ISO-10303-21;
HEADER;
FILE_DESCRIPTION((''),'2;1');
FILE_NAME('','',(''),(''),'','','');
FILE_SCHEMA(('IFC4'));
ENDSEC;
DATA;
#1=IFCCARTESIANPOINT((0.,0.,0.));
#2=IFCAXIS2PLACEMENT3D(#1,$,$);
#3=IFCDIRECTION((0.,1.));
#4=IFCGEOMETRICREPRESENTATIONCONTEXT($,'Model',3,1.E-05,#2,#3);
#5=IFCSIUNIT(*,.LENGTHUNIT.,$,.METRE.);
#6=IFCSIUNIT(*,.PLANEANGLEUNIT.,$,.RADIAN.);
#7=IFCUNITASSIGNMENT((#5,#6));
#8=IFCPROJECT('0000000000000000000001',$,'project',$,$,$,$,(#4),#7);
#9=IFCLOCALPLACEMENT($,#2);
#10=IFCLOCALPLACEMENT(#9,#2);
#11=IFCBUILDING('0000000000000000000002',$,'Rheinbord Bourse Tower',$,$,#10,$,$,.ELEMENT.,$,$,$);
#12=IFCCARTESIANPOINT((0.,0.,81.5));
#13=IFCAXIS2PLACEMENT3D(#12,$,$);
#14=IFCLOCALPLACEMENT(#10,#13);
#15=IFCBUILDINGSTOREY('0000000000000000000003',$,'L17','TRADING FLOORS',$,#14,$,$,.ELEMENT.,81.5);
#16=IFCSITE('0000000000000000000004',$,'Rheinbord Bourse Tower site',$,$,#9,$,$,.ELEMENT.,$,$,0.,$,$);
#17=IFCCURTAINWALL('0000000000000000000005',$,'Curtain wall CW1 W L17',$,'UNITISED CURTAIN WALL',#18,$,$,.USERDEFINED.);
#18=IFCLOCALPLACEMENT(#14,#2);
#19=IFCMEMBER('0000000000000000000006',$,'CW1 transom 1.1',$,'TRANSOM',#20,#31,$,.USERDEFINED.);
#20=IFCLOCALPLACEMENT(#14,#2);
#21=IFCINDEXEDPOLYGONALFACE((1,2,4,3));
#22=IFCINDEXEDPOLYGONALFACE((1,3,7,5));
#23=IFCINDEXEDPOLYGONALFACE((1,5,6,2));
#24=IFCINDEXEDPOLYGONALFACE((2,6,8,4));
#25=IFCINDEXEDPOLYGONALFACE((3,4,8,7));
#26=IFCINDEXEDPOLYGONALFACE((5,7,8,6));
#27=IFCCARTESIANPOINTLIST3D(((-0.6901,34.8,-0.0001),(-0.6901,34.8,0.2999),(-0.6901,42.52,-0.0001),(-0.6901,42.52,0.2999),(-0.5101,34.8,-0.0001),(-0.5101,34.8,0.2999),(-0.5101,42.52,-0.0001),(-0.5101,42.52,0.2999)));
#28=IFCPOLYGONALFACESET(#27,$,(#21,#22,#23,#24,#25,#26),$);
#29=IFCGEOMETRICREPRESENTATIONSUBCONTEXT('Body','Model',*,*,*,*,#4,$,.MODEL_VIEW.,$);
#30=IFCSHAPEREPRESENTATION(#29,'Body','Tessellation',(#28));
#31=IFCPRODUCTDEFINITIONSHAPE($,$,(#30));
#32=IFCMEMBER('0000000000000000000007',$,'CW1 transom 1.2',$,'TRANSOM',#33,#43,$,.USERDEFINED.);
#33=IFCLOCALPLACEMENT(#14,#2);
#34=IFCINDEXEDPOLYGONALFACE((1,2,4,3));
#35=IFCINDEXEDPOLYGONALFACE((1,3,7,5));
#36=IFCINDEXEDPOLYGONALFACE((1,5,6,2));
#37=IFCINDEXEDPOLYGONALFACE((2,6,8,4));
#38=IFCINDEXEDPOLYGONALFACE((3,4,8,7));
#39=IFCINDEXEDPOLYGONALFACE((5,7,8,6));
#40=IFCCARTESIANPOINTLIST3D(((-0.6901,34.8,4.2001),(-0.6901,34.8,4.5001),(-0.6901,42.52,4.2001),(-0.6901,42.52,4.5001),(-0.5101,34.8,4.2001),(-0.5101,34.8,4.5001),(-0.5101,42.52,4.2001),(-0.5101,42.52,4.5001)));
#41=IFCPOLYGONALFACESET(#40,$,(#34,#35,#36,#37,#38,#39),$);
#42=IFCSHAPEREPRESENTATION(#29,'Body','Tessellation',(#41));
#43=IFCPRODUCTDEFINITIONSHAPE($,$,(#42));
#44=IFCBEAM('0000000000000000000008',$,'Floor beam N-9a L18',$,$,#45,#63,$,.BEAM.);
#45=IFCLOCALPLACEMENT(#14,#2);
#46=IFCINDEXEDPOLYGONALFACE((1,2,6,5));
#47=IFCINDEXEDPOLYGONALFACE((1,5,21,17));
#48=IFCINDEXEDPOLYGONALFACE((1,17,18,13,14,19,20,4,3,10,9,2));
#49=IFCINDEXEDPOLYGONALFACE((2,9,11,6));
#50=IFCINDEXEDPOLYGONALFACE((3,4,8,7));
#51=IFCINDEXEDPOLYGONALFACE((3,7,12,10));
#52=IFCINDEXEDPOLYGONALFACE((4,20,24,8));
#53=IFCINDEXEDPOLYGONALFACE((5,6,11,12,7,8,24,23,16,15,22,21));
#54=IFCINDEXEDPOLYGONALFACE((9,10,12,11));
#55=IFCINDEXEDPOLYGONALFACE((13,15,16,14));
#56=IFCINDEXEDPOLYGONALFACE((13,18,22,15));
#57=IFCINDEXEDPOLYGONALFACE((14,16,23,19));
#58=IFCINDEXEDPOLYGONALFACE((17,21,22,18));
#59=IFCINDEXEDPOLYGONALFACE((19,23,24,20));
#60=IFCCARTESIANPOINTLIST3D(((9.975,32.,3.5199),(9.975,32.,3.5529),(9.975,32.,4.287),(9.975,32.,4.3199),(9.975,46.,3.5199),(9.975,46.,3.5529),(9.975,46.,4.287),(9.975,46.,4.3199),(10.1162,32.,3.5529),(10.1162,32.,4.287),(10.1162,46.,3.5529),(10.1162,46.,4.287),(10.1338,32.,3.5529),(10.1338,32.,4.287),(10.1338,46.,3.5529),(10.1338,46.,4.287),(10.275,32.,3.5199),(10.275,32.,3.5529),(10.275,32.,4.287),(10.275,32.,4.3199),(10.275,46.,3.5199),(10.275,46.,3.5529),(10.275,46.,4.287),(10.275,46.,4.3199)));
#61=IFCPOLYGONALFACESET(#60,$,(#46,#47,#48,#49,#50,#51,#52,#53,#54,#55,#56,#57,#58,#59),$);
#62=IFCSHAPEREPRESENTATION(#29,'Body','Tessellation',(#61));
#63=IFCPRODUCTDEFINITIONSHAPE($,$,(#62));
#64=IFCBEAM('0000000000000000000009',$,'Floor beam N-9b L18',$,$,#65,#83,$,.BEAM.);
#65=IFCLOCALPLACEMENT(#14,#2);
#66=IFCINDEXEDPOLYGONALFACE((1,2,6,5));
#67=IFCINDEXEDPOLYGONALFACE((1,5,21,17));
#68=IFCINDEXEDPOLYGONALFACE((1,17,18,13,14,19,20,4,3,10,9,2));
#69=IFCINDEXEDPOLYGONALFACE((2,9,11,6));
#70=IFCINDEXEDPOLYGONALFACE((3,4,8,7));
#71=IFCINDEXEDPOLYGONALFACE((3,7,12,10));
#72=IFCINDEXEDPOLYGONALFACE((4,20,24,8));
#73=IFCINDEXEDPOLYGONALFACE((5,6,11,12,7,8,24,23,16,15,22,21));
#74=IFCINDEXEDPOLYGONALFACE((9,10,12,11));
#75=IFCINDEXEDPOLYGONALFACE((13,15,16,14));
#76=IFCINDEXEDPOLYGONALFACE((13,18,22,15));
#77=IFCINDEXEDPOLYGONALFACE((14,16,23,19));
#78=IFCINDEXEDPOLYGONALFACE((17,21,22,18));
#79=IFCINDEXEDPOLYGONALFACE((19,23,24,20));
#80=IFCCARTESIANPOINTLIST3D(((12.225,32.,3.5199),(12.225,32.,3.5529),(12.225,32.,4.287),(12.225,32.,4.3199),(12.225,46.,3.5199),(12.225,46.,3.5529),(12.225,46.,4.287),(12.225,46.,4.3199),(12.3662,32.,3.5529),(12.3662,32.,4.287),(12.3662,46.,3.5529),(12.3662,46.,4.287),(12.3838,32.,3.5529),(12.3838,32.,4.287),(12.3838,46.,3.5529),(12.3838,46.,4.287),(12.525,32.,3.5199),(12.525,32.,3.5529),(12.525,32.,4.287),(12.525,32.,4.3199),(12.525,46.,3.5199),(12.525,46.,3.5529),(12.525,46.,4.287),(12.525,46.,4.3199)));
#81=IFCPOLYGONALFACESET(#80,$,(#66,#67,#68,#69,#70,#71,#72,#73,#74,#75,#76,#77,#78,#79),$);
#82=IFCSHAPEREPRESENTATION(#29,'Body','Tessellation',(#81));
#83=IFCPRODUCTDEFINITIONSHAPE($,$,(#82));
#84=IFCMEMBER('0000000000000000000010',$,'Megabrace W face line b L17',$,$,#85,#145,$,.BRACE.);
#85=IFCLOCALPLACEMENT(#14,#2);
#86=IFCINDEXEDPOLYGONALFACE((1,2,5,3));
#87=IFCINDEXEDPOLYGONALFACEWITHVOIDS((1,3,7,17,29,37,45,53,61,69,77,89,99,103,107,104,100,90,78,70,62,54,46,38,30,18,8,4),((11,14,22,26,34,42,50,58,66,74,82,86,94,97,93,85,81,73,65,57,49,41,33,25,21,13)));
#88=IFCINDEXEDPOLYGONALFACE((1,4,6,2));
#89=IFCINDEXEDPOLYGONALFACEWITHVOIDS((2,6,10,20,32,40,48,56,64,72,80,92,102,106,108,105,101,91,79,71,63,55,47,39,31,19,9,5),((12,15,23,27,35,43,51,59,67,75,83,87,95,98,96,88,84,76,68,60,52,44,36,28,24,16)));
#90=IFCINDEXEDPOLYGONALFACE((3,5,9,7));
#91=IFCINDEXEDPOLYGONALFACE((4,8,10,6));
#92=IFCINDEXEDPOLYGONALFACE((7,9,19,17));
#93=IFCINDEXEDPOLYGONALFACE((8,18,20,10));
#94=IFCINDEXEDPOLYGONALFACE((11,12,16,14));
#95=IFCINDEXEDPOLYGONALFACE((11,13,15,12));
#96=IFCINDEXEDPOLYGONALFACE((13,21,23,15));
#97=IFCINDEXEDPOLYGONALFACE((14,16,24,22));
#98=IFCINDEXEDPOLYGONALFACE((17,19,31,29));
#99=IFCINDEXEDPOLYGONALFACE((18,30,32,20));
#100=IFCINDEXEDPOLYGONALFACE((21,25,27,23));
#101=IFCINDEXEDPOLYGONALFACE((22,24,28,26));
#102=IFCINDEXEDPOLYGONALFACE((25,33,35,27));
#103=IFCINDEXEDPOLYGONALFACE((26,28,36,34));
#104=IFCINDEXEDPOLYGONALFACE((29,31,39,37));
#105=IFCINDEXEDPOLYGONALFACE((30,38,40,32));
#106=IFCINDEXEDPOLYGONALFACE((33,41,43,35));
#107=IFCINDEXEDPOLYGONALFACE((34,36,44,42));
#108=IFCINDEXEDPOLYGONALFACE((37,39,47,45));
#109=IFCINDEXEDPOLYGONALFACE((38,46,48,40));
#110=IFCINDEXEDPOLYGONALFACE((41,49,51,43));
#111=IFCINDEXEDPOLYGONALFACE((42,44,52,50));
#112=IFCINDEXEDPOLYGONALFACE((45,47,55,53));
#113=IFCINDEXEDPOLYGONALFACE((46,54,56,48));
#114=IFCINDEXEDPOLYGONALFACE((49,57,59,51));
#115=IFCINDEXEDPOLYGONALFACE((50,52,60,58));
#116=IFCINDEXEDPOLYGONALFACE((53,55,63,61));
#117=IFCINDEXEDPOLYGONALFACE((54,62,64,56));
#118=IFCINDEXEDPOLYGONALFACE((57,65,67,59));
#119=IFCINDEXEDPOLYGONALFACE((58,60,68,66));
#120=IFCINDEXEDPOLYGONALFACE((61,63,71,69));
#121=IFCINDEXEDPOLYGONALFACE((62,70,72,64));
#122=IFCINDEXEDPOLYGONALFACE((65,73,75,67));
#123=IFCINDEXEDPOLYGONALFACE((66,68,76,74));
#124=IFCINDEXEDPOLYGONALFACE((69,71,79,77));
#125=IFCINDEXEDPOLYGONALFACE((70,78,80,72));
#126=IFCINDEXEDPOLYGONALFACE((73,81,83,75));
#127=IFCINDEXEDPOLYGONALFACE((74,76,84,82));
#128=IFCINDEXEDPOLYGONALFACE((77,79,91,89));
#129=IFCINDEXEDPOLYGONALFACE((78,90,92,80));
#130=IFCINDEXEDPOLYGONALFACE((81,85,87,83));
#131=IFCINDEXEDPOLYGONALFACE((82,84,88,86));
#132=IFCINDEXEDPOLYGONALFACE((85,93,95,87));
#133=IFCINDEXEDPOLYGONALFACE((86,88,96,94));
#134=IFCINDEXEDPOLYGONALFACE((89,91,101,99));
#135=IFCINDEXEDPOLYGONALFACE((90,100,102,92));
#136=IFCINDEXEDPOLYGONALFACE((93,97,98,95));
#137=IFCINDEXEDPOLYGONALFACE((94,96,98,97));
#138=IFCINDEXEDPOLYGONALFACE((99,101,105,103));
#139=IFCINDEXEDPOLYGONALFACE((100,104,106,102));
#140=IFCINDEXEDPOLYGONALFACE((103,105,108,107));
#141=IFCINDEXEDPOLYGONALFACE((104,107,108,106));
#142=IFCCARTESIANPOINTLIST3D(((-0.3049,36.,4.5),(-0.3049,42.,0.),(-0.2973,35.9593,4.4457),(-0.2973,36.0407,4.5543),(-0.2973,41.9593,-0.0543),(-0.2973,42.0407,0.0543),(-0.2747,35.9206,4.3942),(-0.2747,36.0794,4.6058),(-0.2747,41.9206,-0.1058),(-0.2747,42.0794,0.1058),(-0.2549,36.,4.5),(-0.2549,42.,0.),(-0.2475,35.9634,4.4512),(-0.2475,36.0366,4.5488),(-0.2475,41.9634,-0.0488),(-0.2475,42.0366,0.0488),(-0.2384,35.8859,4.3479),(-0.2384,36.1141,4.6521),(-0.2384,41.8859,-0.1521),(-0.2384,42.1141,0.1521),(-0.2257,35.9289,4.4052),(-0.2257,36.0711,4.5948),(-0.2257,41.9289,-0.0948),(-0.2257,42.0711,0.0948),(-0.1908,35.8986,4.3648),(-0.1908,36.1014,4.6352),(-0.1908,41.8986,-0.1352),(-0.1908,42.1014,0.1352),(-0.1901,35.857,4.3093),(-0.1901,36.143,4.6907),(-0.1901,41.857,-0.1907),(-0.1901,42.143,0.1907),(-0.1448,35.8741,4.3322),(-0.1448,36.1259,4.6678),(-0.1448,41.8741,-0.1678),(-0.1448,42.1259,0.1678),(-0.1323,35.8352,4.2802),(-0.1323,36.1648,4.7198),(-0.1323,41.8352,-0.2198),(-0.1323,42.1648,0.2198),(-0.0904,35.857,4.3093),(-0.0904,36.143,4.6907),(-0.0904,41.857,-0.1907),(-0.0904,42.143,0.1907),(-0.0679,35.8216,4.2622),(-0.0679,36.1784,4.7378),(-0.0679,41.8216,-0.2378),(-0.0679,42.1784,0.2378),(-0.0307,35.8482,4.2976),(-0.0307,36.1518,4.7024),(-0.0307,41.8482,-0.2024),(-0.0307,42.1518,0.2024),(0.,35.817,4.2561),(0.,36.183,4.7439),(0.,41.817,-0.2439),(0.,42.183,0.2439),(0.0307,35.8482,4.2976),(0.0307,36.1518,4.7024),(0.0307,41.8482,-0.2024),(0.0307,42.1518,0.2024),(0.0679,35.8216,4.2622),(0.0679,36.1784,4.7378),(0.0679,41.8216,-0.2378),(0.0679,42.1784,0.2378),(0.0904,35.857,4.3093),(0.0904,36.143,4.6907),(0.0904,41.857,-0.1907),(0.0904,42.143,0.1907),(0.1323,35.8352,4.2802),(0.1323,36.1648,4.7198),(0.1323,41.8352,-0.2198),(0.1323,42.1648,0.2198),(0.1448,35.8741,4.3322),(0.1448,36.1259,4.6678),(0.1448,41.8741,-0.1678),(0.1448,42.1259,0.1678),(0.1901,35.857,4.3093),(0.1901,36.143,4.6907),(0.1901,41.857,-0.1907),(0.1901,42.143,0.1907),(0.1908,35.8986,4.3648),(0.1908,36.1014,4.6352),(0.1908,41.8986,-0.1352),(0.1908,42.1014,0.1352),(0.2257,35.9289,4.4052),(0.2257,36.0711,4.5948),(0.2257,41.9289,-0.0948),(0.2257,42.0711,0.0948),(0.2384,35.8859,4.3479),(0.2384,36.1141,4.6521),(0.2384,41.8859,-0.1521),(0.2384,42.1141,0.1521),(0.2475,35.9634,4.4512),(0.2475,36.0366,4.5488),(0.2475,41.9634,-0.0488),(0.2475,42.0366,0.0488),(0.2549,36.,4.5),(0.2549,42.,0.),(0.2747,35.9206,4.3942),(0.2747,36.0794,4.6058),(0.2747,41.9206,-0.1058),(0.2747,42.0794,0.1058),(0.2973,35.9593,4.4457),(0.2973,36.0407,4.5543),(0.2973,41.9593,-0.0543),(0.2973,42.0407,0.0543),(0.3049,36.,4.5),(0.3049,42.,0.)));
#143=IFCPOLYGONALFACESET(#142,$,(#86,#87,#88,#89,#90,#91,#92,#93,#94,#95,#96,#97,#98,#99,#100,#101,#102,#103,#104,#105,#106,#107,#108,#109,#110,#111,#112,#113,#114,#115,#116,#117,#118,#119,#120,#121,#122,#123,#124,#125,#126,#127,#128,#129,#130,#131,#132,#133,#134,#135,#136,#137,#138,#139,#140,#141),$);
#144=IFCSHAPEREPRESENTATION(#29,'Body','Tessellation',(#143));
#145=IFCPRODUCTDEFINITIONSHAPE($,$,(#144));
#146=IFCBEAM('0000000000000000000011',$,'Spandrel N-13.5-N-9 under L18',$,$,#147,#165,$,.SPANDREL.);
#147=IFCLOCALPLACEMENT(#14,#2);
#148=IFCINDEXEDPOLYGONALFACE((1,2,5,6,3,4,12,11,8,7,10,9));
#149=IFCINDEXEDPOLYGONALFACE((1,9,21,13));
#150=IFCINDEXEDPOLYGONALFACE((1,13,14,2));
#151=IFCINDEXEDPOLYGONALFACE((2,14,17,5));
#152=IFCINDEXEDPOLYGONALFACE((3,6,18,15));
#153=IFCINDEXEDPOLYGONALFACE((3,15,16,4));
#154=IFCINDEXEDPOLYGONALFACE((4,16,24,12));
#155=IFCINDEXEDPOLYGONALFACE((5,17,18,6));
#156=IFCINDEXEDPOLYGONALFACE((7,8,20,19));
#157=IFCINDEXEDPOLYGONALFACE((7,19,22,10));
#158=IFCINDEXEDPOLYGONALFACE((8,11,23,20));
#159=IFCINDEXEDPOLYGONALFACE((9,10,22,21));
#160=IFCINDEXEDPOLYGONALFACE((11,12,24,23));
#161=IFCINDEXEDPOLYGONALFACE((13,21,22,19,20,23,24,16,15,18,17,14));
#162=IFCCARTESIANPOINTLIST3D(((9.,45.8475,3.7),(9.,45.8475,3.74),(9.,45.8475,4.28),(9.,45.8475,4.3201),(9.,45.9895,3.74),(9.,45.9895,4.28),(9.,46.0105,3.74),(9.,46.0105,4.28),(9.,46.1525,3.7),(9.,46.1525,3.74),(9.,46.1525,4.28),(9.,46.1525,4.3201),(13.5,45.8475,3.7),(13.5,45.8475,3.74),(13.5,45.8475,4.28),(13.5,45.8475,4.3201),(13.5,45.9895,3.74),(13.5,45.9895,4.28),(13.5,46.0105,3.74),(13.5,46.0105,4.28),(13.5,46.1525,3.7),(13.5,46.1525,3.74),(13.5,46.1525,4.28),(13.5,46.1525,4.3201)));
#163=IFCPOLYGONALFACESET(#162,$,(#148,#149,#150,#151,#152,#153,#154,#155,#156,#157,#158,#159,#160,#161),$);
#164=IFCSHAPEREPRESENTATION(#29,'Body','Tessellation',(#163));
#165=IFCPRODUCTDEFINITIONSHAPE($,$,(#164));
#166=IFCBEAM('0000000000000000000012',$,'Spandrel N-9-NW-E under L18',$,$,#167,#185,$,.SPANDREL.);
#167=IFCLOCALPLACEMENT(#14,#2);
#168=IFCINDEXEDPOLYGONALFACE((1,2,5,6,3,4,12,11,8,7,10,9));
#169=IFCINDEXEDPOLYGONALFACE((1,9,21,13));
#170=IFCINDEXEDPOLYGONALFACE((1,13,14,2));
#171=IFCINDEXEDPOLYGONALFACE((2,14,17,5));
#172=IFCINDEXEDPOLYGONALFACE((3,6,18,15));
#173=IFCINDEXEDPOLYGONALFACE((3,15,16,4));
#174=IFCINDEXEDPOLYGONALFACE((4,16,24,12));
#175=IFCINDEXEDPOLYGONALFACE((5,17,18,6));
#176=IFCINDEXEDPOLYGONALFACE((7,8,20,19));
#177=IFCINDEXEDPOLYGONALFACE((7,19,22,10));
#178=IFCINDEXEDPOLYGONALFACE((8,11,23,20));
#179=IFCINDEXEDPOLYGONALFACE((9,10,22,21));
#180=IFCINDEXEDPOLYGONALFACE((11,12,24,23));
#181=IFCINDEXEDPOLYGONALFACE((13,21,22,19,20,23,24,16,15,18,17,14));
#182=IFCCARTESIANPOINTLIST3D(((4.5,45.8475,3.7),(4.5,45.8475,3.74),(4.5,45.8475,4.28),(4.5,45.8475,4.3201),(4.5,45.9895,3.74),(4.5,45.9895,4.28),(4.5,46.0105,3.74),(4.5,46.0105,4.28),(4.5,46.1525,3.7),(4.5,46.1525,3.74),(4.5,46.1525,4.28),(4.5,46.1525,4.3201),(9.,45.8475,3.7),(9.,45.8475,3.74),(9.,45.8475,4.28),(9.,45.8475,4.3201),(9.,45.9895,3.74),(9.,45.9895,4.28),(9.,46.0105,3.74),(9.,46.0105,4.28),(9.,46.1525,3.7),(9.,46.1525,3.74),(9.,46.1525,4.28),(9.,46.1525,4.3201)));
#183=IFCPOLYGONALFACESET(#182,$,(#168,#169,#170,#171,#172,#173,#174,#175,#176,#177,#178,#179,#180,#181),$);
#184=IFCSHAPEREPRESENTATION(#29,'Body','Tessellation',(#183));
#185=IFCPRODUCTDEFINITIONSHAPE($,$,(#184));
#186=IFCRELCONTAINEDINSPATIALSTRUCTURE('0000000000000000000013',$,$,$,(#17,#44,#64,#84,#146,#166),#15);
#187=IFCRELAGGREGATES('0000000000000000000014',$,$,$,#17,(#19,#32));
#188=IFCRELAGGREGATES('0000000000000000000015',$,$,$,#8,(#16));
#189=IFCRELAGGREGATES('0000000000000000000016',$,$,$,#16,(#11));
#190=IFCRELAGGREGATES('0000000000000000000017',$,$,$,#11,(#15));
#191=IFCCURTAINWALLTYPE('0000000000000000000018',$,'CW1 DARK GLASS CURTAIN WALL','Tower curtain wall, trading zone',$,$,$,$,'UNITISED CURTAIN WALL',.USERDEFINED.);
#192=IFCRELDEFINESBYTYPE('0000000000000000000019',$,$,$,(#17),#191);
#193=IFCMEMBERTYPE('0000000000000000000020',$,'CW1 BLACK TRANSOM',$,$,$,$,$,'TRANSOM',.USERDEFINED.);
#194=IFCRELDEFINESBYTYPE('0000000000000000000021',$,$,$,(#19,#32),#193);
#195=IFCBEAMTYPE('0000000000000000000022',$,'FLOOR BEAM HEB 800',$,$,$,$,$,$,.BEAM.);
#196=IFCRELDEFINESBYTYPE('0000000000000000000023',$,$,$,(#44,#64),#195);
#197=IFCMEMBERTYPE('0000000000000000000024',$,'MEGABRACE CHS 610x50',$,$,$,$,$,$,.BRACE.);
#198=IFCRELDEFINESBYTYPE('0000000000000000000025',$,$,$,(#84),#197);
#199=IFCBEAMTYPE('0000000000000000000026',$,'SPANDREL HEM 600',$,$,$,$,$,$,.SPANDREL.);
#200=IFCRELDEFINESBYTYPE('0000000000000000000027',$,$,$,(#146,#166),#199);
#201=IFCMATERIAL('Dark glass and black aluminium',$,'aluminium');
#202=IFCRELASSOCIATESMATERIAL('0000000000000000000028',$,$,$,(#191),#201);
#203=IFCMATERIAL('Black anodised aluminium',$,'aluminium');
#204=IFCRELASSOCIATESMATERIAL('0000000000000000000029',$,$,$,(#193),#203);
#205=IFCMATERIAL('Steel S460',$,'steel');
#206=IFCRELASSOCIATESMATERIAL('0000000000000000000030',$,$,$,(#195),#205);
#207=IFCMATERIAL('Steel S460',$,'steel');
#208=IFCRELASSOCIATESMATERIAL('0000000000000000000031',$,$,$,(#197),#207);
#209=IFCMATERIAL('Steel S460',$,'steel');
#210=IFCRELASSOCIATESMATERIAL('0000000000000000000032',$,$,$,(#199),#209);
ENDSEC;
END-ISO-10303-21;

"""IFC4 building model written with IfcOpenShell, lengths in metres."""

from ifc_helpers import new_model, si_unit, direction, frame, origin, origin_2d, place, context, subcontext, project, spatial, rectangle, hollow_circle, i_section, extrude, material, material_profile, profile_set, type_object, element, aggregate, save


model = new_model("IFC4")

# Units and contexts
model_context = context("Model", 3, precision=1e-05, world=origin(), true_north=direction((0.0, 1.0)))
body_context = subcontext(model_context, "Body", "Model", "MODEL_VIEW")
ifc_project = project(units=[si_unit("LENGTHUNIT", "METRE"), si_unit("PLANEANGLEUNIT", "RADIAN")], contexts=[model_context])

# Site, building, storey
site_placement = place(None, origin())
site = spatial("IfcSite", under=ifc_project, at=site_placement, Name="Rheinbord Bourse Tower site", CompositionType="ELEMENT", RefElevation=0.0)
building_placement = place(site_placement, origin())
building = spatial("IfcBuilding", under=site, at=building_placement, Name="Rheinbord Bourse Tower", CompositionType="ELEMENT")
storey_placement = place(building_placement, frame((0.0, 0.0, 81.5)))
storey = spatial("IfcBuildingStorey", under=building, at=storey_placement, Name="L17", Description="TRADING FLOORS", CompositionType="ELEMENT", Elevation=81.5)

# Curtain wall
ifc_material_1 = material(Name="Dark glass and black aluminium", Category="aluminium")
curtain_wall_type = type_object("IfcCurtainWallType", Name="CW1 DARK GLASS CURTAIN WALL", Description="Tower curtain wall, trading zone", ElementType="UNITISED CURTAIN WALL", PredefinedType="USERDEFINED", material=ifc_material_1)
curtain_wall_1_placement = place(storey_placement, origin())
curtain_wall_1 = element("IfcCurtainWall", 1, at=curtain_wall_1_placement, inside=storey, type_object=curtain_wall_type, Name="Curtain wall CW1 W L17", ObjectType="UNITISED CURTAIN WALL", PredefinedType="USERDEFINED")

# Members
ifc_material_2 = material(Name="Black anodised aluminium", Category="aluminium")
ifc_material_profile_1 = material_profile(ifc_material_2, rectangle(XDim=0.1799, YDim=0.3, at=origin_2d()), Name="CW1 TRANSOM 300x180")
ifc_profile_set_1 = profile_set([ifc_material_profile_1], Name="Black anodised aluminium")
member_type_1 = type_object("IfcMemberType", Name="CW1 BLACK TRANSOM", ElementType="TRANSOM", PredefinedType="USERDEFINED", material=ifc_profile_set_1)
member_1_placement = place(storey_placement, frame((-0.6001, 42.52, 0.1499), z_axis=(0.0, -1.0, 0.0), x_axis=(1.0, 0.0, 0.0)))
member_1 = element("IfcMember", 2, at=member_1_placement, type_object=member_type_1, Name="CW1 transom 1.1", ObjectType="TRANSOM", PredefinedType="USERDEFINED", context=body_context, shape_type="SweptSolid", body=[
    extrude(rectangle(XDim=0.1799, YDim=0.3, at=origin_2d()), origin(), (0.0, 0.0, 1.0), 7.72),
])
member_2_placement = place(storey_placement, frame((-0.6001, 42.52, 4.3501), z_axis=(0.0, -1.0, 0.0), x_axis=(1.0, 0.0, 0.0)))
member_2 = element("IfcMember", 3, at=member_2_placement, type_object=member_type_1, Name="CW1 transom 1.2", ObjectType="TRANSOM", PredefinedType="USERDEFINED", context=body_context, shape_type="SweptSolid", body=[
    extrude(rectangle(XDim=0.1799, YDim=0.3, at=origin_2d()), origin(), (0.0, 0.0, 1.0), 7.72),
])

# Beams
ifc_material_3 = material(Name="Steel S460", Category="steel")
ifc_material_profile_2 = material_profile(ifc_material_3, i_section(OverallWidth=0.3, OverallDepth=0.8, WebThickness=0.0176, FlangeThickness=0.033, at=origin_2d()), Name="HEB 800")
ifc_profile_set_2 = profile_set([ifc_material_profile_2], Name="Steel S460")
beam_type_1 = type_object("IfcBeamType", Name="FLOOR BEAM HEB 800", PredefinedType="BEAM", material=ifc_profile_set_2)
for number, where, z_axis, x_axis, name in (
    (4, (10.125, 46.0, 3.9199), (0.0, -1.0, 0.0), (1.0, 0.0, 0.0), "Floor beam N-9a L18"),
    (5, (12.375, 46.0, 3.9199), (0.0, -1.0, 0.0), (1.0, 0.0, 0.0), "Floor beam N-9b L18"),
):
    element("IfcBeam", number, at=place(storey_placement, frame(where, z_axis=z_axis, x_axis=x_axis)), inside=storey, type_object=beam_type_1, Name=name, PredefinedType="BEAM", context=body_context, shape_type="SweptSolid", body=[
        extrude(i_section(OverallWidth=0.3, OverallDepth=0.8, WebThickness=0.0176, FlangeThickness=0.033, at=origin_2d()), origin(), (0.0, 0.0, 1.0), 14.0),
    ])

# Member
ifc_material_4 = material(Name="Steel S460", Category="steel")
ifc_material_profile_3 = material_profile(ifc_material_4, hollow_circle(Radius=0.3049, WallThickness=0.05, at=origin_2d()), Name="CHS 610x50")
ifc_profile_set_3 = profile_set([ifc_material_profile_3], Name="Steel S460")
member_type_2 = type_object("IfcMemberType", Name="MEGABRACE CHS 610x50", PredefinedType="BRACE", material=ifc_profile_set_3)
member_3_placement = place(storey_placement, frame((0.0, 42.0, 0.0), z_axis=(0.0, -0.8, 0.6), x_axis=(1.0, 0.0, 0.0)))
element("IfcMember", 6, at=member_3_placement, inside=storey, type_object=member_type_2, Name="Megabrace W face line b L17", PredefinedType="BRACE", context=body_context, shape_type="SweptSolid", body=[
    extrude(hollow_circle(Radius=0.3049, WallThickness=0.05, at=origin_2d()), origin(), (0.0, 0.0, 1.0), 7.5),
])

# Beams
ifc_material_5 = material(Name="Steel S460", Category="steel")
ifc_material_profile_4 = material_profile(ifc_material_5, i_section(OverallWidth=0.3049, OverallDepth=0.6201, WebThickness=0.021, FlangeThickness=0.04, at=origin_2d()), Name="HEM 600")
ifc_profile_set_4 = profile_set([ifc_material_profile_4], Name="Steel S460")
beam_type_2 = type_object("IfcBeamType", Name="SPANDREL HEM 600", PredefinedType="SPANDREL", material=ifc_profile_set_4)
for number, where, z_axis, x_axis, name in (
    (7, (13.5, 46.0, 4.01), (-1.0, 0.0, 0.0), (0.0, -1.0, 0.0), "Spandrel N-13.5-N-9 under L18"),
    (8, (9.0, 46.0, 4.01), (-1.0, 0.0, 0.0), (0.0, -1.0, 0.0), "Spandrel N-9-NW-E under L18"),
):
    element("IfcBeam", number, at=place(storey_placement, frame(where, z_axis=z_axis, x_axis=x_axis)), inside=storey, type_object=beam_type_2, Name=name, PredefinedType="SPANDREL", context=body_context, shape_type="SweptSolid", body=[
        extrude(i_section(OverallWidth=0.3049, OverallDepth=0.6201, WebThickness=0.021, FlangeThickness=0.04, at=origin_2d()), origin(), (0.0, 0.0, 1.0), 4.5),
    ])

aggregate(curtain_wall_1, [member_1, member_2])

save(model, "model.ifc")
